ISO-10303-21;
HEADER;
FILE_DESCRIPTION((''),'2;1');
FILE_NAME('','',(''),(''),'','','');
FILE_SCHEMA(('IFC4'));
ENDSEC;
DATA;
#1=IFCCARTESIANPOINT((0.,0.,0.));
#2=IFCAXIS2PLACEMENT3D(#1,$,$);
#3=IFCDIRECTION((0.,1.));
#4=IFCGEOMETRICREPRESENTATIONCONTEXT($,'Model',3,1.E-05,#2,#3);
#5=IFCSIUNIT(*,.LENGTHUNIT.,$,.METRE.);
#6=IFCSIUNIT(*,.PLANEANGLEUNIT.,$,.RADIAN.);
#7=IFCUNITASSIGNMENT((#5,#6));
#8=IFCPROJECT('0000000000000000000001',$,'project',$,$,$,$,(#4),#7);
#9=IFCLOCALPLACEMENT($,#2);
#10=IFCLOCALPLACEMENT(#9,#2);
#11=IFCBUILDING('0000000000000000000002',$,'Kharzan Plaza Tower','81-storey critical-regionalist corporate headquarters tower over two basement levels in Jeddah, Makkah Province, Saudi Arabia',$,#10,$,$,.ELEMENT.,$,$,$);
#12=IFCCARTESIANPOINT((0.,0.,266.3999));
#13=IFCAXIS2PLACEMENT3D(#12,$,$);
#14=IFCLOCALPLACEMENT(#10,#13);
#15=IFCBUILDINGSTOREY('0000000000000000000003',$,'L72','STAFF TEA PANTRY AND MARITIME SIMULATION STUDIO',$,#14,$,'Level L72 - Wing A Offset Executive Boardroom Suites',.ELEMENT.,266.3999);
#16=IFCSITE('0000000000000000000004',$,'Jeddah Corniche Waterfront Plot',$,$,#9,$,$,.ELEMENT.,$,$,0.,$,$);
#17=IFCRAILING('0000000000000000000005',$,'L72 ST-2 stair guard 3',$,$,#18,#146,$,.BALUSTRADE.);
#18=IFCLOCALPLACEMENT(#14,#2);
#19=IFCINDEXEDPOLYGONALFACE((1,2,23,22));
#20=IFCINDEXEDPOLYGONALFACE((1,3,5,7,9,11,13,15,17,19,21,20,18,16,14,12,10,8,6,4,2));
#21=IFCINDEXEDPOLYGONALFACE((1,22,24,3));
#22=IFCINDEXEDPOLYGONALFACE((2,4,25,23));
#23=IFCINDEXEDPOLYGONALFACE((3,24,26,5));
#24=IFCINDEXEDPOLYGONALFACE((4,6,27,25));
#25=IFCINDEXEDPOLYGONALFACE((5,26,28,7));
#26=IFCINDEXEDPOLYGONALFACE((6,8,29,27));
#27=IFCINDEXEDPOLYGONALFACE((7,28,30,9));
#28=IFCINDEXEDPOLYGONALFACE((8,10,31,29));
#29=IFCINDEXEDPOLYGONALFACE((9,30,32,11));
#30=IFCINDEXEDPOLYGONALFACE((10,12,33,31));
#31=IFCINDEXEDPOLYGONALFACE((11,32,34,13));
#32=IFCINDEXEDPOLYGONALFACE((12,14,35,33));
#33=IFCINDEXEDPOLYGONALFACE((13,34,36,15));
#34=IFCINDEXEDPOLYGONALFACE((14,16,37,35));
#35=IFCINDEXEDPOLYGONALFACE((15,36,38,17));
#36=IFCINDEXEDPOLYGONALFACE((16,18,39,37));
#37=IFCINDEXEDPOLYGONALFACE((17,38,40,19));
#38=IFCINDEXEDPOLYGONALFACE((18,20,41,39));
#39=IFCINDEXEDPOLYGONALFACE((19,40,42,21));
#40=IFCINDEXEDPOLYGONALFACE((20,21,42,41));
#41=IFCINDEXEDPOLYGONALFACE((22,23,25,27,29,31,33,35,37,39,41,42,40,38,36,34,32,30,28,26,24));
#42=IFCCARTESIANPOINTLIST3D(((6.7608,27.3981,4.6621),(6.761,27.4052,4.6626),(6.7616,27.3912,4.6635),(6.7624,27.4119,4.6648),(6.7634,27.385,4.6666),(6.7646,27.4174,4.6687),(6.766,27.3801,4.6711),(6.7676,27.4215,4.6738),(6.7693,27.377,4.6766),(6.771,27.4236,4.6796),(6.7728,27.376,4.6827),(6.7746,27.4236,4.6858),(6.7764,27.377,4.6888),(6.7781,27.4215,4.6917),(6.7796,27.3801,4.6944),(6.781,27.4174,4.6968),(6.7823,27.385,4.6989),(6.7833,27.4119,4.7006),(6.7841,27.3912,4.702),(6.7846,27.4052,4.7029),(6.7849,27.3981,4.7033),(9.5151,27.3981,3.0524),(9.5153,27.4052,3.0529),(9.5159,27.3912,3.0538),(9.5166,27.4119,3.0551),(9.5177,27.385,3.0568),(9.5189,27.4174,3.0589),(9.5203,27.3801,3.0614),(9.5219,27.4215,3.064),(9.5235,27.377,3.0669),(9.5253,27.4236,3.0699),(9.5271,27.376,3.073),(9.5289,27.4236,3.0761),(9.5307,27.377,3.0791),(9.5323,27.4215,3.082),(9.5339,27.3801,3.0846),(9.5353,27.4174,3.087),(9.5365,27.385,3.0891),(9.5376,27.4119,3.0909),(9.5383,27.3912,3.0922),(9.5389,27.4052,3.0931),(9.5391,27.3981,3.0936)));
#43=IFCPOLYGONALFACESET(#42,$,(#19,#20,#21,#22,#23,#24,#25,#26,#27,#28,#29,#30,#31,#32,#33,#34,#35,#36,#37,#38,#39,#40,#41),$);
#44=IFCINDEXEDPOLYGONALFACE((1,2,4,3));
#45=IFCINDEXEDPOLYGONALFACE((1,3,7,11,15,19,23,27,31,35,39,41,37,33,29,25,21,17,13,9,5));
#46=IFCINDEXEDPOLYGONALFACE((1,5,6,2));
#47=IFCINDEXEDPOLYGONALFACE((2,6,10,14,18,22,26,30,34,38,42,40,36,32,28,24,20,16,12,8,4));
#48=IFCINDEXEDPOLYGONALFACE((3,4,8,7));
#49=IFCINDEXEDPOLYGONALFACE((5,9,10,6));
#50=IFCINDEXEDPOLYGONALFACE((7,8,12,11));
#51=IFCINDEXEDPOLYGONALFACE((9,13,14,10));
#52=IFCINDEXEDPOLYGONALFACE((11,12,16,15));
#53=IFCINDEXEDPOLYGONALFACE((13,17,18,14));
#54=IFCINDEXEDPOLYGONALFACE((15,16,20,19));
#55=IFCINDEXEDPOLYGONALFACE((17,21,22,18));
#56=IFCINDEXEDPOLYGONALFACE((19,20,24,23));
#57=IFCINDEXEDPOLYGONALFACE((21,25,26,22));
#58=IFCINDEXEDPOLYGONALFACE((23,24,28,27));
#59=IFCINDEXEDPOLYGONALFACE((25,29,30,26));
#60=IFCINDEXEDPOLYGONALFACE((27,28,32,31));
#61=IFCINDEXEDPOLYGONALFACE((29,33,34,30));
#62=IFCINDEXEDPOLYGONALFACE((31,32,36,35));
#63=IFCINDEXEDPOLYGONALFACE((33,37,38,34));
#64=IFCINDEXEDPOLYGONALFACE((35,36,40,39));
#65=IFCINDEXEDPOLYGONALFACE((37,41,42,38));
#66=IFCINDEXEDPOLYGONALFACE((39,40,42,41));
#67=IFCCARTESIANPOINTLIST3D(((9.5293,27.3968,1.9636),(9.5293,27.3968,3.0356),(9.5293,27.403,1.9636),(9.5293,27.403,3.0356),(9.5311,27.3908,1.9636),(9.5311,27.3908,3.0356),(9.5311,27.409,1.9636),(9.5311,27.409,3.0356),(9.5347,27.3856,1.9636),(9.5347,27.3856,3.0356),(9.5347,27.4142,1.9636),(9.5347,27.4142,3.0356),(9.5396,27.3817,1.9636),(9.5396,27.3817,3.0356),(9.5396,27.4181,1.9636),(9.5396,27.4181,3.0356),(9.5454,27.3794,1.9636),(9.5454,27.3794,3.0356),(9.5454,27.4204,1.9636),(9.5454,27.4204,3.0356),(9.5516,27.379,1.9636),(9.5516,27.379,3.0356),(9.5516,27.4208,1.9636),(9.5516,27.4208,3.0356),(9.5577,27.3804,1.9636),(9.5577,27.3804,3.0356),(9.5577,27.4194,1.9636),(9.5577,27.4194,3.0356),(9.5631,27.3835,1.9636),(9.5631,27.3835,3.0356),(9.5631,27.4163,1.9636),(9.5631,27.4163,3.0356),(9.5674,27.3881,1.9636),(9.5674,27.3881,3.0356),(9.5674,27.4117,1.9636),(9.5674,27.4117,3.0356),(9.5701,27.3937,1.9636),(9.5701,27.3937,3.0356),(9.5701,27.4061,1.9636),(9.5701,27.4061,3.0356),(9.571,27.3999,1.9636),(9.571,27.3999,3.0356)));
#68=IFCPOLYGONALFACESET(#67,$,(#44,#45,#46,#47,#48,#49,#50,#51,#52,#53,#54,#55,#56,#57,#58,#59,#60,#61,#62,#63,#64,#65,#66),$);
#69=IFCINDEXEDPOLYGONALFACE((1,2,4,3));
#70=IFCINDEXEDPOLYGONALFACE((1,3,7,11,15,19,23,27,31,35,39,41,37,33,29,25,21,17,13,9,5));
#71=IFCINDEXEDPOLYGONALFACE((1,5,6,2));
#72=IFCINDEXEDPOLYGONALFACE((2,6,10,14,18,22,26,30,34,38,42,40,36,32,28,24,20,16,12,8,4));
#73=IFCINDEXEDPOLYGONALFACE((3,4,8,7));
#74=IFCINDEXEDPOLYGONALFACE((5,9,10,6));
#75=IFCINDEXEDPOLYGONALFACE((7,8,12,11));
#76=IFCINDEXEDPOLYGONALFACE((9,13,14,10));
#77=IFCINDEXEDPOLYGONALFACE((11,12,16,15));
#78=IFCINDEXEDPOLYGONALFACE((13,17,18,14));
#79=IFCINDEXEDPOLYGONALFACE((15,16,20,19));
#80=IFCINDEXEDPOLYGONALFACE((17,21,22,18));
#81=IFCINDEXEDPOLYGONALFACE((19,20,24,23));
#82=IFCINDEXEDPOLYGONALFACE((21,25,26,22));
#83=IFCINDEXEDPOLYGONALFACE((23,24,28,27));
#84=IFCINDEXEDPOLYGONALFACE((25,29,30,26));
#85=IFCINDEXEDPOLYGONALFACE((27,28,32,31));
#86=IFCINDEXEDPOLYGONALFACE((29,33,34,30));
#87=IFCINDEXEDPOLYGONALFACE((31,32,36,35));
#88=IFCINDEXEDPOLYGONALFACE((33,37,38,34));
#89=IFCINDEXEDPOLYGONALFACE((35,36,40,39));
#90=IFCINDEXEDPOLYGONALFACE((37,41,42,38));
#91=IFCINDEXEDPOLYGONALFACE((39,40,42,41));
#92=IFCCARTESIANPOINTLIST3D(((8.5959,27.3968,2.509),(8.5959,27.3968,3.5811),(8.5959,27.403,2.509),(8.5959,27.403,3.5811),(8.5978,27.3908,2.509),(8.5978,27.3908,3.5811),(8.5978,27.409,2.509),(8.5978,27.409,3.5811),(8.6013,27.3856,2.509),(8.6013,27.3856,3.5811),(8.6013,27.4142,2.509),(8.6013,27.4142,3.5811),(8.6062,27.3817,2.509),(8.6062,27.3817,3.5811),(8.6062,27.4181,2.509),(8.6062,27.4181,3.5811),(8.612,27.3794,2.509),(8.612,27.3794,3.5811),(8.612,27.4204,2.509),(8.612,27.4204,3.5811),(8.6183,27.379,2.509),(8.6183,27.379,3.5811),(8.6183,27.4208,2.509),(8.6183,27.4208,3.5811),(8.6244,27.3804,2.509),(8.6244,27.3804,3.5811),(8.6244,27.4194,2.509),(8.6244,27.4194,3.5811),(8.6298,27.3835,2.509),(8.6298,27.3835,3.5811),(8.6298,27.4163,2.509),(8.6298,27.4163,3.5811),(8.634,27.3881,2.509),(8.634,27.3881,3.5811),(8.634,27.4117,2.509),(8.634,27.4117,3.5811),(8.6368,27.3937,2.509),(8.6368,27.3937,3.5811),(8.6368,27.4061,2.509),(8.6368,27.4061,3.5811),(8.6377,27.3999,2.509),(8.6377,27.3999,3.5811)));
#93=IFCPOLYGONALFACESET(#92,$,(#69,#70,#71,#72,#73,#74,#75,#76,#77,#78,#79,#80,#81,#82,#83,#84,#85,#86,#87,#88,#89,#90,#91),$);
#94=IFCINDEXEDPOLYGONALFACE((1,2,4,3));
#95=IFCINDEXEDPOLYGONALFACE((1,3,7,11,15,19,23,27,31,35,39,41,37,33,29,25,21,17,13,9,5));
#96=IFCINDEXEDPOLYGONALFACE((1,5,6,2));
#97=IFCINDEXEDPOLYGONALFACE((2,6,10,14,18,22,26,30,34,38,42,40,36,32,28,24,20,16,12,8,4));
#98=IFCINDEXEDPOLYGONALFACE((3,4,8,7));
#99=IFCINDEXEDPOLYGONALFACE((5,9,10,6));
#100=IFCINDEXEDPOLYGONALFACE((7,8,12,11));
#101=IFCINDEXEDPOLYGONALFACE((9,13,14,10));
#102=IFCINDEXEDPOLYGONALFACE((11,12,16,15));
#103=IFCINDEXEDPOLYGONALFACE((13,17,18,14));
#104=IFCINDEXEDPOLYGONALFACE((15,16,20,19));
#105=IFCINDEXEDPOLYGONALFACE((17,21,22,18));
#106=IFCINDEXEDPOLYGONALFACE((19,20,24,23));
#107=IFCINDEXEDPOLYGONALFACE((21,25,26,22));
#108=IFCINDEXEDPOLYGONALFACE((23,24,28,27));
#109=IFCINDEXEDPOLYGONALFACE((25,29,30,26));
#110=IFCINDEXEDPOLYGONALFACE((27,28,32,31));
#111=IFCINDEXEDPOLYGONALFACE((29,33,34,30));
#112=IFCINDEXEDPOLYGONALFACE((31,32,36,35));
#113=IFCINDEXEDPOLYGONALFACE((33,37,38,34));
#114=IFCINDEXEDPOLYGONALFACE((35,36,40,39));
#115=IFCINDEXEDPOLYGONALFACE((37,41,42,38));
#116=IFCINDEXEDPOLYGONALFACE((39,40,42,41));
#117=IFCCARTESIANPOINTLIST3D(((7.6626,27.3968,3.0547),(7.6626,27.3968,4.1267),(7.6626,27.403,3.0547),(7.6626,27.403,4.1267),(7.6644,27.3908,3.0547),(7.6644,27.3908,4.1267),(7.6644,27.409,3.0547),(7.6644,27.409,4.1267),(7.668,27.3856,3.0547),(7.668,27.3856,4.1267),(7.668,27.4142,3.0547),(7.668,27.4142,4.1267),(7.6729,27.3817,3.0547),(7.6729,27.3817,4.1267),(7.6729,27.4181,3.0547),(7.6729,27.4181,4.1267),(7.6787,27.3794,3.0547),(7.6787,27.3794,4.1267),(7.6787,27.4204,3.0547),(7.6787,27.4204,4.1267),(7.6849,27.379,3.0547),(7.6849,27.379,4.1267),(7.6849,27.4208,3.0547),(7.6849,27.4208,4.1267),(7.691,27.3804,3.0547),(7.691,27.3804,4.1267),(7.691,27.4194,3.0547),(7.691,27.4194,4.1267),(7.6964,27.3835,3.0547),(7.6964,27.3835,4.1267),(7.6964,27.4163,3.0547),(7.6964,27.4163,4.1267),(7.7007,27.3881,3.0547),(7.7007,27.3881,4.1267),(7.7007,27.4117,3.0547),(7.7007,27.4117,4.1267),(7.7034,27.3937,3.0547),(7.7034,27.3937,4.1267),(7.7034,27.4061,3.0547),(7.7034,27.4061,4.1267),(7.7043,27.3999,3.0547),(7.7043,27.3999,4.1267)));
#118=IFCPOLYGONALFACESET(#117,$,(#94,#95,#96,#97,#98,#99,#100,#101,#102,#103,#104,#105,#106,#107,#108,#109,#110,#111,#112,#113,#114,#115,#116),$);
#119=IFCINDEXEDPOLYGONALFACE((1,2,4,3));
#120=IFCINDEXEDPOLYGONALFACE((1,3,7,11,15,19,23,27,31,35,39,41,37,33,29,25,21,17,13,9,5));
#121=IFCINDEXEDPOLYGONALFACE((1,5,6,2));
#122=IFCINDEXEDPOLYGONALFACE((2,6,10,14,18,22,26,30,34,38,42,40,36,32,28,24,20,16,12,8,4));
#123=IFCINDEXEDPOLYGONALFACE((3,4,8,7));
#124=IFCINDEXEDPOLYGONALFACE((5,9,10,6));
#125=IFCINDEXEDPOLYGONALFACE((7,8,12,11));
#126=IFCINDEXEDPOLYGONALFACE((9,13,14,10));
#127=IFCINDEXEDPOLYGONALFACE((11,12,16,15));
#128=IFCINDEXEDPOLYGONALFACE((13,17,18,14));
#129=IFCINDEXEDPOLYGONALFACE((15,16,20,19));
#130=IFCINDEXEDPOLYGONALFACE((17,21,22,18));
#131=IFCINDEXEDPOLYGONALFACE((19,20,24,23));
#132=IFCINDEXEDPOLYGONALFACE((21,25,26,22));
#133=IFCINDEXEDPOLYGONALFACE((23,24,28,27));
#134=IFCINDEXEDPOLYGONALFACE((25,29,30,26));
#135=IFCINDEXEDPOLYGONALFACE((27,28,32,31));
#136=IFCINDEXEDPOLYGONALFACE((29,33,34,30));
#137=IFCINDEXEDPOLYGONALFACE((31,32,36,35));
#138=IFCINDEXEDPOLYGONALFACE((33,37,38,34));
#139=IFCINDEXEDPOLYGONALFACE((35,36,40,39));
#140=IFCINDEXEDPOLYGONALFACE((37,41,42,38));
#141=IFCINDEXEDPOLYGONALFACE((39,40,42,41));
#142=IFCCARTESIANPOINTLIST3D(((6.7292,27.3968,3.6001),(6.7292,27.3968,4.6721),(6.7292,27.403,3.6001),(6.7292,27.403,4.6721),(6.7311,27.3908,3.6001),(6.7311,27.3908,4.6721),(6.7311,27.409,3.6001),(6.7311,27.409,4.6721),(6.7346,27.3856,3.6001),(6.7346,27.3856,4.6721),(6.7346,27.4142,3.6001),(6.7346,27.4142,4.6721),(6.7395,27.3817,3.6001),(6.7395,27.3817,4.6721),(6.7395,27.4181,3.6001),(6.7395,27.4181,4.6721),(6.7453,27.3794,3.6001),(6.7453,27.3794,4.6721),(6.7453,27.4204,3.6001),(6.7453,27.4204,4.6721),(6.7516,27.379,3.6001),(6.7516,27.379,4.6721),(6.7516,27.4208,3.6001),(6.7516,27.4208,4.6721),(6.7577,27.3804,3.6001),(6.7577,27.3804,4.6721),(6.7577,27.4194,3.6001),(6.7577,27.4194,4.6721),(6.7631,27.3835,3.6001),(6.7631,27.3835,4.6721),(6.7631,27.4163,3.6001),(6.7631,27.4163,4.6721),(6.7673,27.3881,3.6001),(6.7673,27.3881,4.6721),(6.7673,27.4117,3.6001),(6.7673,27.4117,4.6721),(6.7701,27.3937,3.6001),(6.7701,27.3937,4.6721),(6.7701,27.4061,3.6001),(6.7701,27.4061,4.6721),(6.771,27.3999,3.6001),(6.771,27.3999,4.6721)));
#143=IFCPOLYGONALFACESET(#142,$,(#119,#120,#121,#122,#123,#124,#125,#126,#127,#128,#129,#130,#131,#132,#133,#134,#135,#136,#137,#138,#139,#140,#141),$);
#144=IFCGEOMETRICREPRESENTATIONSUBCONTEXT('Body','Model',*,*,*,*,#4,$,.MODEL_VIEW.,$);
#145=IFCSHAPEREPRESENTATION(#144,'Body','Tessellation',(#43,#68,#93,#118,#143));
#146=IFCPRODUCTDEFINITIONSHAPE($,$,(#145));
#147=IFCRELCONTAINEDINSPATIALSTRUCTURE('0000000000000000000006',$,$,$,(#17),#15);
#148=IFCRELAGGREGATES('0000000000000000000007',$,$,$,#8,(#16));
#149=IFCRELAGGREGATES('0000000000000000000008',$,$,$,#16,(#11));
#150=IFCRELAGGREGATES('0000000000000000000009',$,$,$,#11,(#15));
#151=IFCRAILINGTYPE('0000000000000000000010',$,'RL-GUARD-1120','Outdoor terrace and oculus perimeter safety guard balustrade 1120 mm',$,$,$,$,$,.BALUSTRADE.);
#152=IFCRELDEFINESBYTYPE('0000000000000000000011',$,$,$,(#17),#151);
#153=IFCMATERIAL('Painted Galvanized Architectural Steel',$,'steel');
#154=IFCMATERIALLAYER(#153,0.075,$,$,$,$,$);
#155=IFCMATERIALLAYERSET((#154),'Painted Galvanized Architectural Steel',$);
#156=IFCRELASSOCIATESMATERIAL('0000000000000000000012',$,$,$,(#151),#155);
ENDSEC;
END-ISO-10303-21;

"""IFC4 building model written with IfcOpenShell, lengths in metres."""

from ifc_helpers import new_model, si_unit, direction, frame, origin, origin_2d, place, context, subcontext, project, spatial, circle, extrude, source, transform, mapped, material, layer, layer_set, type_object, element, save


model = new_model("IFC4")

# Units and contexts
model_context = context("Model", 3, precision=1e-05, world=origin(), true_north=direction((0.0, 1.0)))
body_context = subcontext(model_context, "Body", "Model", "MODEL_VIEW")
ifc_project = project(units=[si_unit("LENGTHUNIT", "METRE"), si_unit("PLANEANGLEUNIT", "RADIAN")], contexts=[model_context])

# Site, building, storey
site_placement = place(None, origin())
site = spatial("IfcSite", under=ifc_project, at=site_placement, Name="Jeddah Corniche Waterfront Plot", CompositionType="ELEMENT", RefElevation=0.0)
building_placement = place(site_placement, origin())
building = spatial("IfcBuilding", under=site, at=building_placement, Name="Kharzan Plaza Tower", Description="81-storey critical-regionalist corporate headquarters tower over two basement levels in Jeddah, Makkah Province, Saudi Arabia", CompositionType="ELEMENT")
storey_placement = place(building_placement, frame((0.0, 0.0, 266.3999)))
storey = spatial("IfcBuildingStorey", under=building, at=storey_placement, Name="L72", Description="STAFF TEA PANTRY AND MARITIME SIMULATION STUDIO", LongName="Level L72 - Wing A Offset Executive Boardroom Suites", CompositionType="ELEMENT", Elevation=266.3999)

# Railing
ifc_material_1 = material(Name="Painted Galvanized Architectural Steel", Category="steel")
ifc_layer_1 = layer(ifc_material_1, 0.075)
ifc_layer_set_1 = layer_set([ifc_layer_1], Name="Painted Galvanized Architectural Steel")
railing_type_1 = type_object("IfcRailingType", Name="RL-GUARD-1120", Description="Outdoor terrace and oculus perimeter safety guard balustrade 1120 mm", PredefinedType="BALUSTRADE", material=ifc_layer_set_1)
shared_shape_1 = source(origin(), body_context, "Body", "SweptSolid", [
    extrude(circle(Radius=0.0239, at=origin_2d()), frame((-0.0229, 0.0, 1.1094), z_axis=(-0.863361, 0.0, 0.504587), x_axis=(0.0, -1.0, 0.0)), (0.0, 0.0, 1.0), 3.1902),
    extrude(circle(Radius=0.021, at=origin_2d()), origin(), (0.0, 0.0, 1.0), 1.072),
    extrude(circle(Radius=0.021, at=origin_2d()), frame((-0.9333, 0.0, 0.5454)), (0.0, 0.0, 1.0), 1.072),
    extrude(circle(Radius=0.021, at=origin_2d()), frame((-1.8667, 0.0, 1.0911)), (0.0, 0.0, 1.0), 1.072),
    extrude(circle(Radius=0.021, at=origin_2d()), frame((-2.8, 0.0, 1.6365)), (0.0, 0.0, 1.0), 1.072),
])
railing_1_placement = place(storey_placement, frame((9.55, 27.3999, 1.9636)))
element("IfcRailing", 1, at=railing_1_placement, inside=storey, type_object=railing_type_1, Name="L72 ST-2 stair guard 3", PredefinedType="BALUSTRADE", context=body_context, shape_type="MappedRepresentation", body=[
    mapped(shared_shape_1, transform((0.0, 0.0, 0.0), x_axis=(1.0, 0.0, 0.0), y_axis=(0.0, 1.0, 0.0), z_axis=(0.0, 0.0, 1.0))),
])

save(model, "model.ifc")
